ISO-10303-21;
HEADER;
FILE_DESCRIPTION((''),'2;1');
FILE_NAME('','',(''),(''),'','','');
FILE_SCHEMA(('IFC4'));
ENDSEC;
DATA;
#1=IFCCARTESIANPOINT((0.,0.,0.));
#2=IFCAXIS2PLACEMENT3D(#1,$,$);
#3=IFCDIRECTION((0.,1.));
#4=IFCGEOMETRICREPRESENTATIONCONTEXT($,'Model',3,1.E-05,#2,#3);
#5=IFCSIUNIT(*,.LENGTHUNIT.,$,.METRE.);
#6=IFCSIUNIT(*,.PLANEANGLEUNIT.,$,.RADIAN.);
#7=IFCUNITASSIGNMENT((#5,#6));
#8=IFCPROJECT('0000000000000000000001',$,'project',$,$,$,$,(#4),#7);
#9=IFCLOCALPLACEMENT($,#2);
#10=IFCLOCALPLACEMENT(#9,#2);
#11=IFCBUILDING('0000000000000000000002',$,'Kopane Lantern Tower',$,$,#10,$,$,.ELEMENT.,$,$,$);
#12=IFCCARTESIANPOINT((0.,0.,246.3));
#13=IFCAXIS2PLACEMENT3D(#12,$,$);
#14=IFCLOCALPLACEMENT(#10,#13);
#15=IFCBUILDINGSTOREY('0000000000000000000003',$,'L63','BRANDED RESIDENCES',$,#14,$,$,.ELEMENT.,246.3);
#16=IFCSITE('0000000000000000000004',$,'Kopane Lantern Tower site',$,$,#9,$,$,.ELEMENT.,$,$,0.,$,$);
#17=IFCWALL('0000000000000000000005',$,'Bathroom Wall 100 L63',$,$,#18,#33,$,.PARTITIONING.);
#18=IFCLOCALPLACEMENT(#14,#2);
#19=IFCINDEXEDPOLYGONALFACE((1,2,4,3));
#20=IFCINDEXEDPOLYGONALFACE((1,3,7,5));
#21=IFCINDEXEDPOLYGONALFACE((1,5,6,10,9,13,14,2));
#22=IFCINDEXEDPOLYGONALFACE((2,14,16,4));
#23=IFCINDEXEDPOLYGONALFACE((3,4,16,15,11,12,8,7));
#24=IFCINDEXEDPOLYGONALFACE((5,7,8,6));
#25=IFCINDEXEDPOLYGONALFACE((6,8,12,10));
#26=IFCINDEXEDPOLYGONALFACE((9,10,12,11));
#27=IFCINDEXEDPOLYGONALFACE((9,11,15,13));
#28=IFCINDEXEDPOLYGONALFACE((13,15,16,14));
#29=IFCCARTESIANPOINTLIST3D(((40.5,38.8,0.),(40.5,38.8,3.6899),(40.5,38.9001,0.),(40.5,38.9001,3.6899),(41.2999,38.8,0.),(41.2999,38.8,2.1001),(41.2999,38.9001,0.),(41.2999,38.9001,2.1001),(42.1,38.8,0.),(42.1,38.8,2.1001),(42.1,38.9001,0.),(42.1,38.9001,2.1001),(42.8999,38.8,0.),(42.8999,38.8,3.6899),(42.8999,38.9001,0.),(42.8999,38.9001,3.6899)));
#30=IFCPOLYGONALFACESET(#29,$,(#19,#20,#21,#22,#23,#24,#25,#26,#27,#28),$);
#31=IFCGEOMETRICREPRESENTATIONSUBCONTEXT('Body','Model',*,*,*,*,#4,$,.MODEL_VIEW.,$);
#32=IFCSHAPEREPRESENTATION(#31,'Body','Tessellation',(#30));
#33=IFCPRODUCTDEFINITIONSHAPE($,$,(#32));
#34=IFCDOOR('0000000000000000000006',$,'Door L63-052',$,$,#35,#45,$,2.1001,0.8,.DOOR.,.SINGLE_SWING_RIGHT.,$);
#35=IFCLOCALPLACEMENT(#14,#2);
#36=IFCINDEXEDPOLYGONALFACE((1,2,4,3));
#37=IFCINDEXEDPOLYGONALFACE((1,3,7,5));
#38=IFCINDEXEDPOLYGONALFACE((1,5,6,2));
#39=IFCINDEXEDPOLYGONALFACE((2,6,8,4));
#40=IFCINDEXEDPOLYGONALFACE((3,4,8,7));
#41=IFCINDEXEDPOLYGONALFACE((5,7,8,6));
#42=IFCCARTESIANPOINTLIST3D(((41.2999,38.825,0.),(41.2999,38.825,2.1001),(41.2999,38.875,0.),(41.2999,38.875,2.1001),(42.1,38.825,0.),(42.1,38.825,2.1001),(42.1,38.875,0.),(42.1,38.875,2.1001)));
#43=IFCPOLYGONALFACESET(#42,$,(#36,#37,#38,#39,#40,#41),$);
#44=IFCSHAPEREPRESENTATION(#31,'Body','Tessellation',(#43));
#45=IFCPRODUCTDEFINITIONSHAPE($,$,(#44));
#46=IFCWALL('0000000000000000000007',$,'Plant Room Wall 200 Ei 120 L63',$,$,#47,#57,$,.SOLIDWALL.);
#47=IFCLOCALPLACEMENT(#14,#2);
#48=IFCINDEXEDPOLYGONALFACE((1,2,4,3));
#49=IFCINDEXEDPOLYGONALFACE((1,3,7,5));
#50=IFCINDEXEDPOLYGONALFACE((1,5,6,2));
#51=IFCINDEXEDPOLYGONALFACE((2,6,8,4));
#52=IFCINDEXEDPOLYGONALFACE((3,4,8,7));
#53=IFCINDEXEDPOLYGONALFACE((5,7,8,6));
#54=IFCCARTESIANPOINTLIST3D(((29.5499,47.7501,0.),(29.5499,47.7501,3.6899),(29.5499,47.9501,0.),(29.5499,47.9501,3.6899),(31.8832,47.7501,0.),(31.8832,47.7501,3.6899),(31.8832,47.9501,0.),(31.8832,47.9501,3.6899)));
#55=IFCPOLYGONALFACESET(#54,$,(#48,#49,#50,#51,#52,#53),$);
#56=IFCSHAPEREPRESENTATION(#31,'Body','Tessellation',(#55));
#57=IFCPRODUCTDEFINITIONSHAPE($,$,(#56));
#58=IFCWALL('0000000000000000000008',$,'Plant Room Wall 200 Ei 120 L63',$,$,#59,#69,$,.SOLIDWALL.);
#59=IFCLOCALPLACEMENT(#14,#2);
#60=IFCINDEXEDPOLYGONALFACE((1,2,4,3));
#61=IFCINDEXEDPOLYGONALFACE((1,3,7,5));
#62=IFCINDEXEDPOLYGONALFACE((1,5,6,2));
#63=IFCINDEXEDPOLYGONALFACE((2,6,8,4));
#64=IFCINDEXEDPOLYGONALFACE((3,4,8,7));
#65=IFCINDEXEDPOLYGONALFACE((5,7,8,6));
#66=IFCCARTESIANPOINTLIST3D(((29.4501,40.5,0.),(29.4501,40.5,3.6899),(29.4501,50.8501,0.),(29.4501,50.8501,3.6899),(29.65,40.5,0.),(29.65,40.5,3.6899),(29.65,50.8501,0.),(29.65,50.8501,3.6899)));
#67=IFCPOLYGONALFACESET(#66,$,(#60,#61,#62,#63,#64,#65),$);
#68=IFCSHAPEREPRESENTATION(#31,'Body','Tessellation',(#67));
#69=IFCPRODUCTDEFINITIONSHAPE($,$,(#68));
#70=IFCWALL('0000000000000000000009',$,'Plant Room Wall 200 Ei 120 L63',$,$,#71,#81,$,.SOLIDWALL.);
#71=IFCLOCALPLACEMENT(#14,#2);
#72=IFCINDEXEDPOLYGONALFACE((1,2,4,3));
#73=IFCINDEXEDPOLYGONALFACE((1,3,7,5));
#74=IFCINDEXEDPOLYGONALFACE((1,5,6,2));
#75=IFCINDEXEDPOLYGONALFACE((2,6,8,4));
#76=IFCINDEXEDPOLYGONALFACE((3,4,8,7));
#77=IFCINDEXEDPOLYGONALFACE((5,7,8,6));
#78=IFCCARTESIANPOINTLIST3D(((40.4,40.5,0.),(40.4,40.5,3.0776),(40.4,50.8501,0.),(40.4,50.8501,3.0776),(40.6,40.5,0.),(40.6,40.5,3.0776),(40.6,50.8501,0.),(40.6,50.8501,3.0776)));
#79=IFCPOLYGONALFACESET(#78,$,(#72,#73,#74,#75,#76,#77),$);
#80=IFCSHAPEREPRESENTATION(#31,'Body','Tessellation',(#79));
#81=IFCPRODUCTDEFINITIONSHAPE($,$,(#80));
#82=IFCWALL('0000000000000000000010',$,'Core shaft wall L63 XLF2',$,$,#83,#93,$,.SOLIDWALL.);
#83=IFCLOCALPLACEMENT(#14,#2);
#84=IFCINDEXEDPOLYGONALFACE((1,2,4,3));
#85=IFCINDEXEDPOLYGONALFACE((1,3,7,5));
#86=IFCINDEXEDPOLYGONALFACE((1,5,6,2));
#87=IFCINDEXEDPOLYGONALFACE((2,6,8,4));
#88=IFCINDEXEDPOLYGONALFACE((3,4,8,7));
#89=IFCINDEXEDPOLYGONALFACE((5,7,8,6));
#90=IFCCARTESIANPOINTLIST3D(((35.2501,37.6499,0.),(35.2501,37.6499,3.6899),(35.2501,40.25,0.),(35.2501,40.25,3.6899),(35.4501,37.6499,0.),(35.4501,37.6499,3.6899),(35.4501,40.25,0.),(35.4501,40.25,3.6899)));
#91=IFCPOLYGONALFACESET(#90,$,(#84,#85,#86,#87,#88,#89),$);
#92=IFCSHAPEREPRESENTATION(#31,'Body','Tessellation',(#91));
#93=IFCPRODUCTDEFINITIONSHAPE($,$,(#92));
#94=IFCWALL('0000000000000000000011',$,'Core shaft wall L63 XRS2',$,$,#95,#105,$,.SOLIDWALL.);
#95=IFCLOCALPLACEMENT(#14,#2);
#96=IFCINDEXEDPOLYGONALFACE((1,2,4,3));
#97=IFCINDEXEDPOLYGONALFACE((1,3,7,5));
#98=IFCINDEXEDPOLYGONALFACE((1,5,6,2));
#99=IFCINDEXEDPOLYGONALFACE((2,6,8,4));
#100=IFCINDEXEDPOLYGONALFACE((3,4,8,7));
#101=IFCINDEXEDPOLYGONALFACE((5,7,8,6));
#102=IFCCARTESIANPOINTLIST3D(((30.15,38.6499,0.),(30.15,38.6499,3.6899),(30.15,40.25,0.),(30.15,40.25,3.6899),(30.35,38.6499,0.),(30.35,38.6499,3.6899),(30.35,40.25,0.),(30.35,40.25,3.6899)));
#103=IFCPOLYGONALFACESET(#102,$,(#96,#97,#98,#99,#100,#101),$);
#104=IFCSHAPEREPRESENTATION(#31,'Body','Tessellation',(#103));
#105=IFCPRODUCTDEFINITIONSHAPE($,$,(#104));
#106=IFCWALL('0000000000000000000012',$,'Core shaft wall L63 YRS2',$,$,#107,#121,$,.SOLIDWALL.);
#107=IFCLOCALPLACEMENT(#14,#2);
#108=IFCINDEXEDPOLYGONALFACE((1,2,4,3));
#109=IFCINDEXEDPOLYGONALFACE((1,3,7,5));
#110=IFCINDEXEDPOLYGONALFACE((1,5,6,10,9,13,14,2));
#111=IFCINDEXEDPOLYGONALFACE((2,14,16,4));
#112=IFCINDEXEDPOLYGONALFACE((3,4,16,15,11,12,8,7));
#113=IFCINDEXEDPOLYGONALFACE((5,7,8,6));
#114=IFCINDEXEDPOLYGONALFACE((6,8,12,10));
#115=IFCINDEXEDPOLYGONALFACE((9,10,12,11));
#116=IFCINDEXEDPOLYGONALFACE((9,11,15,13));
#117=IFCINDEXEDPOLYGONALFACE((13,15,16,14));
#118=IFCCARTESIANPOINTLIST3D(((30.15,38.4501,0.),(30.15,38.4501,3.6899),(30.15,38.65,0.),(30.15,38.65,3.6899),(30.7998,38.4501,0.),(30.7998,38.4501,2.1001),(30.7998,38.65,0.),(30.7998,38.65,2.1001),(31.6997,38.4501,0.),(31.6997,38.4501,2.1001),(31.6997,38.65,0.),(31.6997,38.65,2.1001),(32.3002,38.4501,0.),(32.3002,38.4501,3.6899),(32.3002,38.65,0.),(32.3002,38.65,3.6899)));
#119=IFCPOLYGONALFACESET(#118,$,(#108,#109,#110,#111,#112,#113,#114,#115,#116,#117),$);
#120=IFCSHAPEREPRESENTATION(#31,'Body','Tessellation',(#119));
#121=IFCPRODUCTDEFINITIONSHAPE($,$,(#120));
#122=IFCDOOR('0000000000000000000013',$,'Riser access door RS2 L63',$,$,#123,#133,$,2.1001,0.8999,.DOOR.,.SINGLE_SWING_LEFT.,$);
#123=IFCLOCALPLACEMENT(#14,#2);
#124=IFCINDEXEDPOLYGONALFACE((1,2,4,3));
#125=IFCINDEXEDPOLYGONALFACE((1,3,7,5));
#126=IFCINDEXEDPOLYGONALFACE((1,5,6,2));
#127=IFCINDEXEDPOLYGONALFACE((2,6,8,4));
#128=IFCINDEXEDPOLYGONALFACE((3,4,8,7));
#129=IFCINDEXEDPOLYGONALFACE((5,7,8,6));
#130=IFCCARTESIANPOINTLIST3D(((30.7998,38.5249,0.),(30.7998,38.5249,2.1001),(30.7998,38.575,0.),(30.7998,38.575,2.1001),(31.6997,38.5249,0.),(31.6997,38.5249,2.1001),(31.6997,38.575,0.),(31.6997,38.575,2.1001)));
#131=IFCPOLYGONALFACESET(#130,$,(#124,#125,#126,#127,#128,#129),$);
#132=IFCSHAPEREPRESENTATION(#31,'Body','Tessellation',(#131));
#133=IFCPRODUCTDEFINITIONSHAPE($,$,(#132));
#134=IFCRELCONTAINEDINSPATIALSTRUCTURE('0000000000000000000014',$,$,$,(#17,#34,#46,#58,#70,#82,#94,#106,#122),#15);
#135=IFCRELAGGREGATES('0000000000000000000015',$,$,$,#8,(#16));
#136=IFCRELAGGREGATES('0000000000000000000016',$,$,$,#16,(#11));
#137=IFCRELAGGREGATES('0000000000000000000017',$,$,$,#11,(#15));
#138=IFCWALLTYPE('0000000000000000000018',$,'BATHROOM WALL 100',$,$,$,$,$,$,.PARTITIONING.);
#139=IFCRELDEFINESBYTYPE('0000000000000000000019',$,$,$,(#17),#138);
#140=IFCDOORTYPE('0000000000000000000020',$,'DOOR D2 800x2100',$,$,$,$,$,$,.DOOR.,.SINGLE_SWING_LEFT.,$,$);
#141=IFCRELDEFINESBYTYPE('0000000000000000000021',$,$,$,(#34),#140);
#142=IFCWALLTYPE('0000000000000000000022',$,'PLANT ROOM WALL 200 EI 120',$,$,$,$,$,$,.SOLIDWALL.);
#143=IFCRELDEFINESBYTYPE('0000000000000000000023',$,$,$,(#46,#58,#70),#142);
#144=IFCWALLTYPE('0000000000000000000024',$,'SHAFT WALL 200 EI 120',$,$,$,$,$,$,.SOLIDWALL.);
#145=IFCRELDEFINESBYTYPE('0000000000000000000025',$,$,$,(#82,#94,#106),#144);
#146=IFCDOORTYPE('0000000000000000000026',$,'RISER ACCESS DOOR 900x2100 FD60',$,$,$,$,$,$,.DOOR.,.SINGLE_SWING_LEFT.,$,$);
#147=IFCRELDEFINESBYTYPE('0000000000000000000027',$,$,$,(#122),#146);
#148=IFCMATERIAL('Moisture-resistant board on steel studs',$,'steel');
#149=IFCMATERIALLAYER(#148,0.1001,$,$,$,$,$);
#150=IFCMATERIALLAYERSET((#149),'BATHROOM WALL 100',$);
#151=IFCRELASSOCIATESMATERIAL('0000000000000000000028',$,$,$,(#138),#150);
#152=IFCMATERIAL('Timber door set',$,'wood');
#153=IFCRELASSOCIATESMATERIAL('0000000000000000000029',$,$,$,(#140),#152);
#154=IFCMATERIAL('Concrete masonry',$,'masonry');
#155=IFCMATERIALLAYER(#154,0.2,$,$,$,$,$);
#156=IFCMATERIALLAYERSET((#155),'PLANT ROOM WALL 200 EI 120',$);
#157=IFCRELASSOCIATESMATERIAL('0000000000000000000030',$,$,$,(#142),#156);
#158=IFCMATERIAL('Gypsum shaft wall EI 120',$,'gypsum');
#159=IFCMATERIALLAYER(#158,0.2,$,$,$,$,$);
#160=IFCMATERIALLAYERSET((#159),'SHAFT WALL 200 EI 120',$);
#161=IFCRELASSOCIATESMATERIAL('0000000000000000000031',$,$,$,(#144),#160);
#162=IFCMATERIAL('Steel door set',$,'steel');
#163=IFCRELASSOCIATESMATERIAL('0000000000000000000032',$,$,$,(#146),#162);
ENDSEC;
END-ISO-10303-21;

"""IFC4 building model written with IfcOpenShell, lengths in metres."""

from ifc_helpers import new_model, si_unit, direction, frame, frame_2d, origin, place, context, subcontext, project, spatial, rectangle, extrude, material, layer, layer_set, type_object, element, fill, save


model = new_model("IFC4")

# Units and contexts
model_context = context("Model", 3, precision=1e-05, world=origin(), true_north=direction((0.0, 1.0)))
body_context = subcontext(model_context, "Body", "Model", "MODEL_VIEW")
ifc_project = project(units=[si_unit("LENGTHUNIT", "METRE"), si_unit("PLANEANGLEUNIT", "RADIAN")], contexts=[model_context])

# Site, building, storey
site_placement = place(None, origin())
site = spatial("IfcSite", under=ifc_project, at=site_placement, Name="Kopane Lantern Tower site", CompositionType="ELEMENT", RefElevation=0.0)
building_placement = place(site_placement, origin())
building = spatial("IfcBuilding", under=site, at=building_placement, Name="Kopane Lantern Tower", CompositionType="ELEMENT")
storey_placement = place(building_placement, frame((0.0, 0.0, 246.3)))
storey = spatial("IfcBuildingStorey", under=building, at=storey_placement, Name="L63", Description="BRANDED RESIDENCES", CompositionType="ELEMENT", Elevation=246.3)

# Wall, opening, door
ifc_material_1 = material(Name="Moisture-resistant board on steel studs", Category="steel")
ifc_layer_1 = layer(ifc_material_1, 0.1001)
ifc_layer_set_1 = layer_set([ifc_layer_1], Name="BATHROOM WALL 100")
wall_type_1 = type_object("IfcWallType", Name="BATHROOM WALL 100", PredefinedType="PARTITIONING", material=ifc_layer_set_1)
wall_1_placement = place(storey_placement, frame((40.5, 38.8501, 0.0), z_axis=(0.0, 0.0, 1.0), x_axis=(1.0, 0.0, 0.0)))
wall_1 = element("IfcWall", 1, at=wall_1_placement, inside=storey, type_object=wall_type_1, Name="Bathroom Wall 100 L63", PredefinedType="PARTITIONING", context=body_context, shape_type="SweptSolid", body=[
    extrude(rectangle(XDim=2.3999, YDim=0.1001, at=frame_2d((1.2, 0.0))), origin(), (0.0, 0.0, 1.0), 3.6899),
])
opening_1_placement = place(wall_1_placement, frame((0.8, 0.0, 0.0)))
opening_1 = element("IfcOpeningElement", 2, at=opening_1_placement, cuts=wall_1, PredefinedType="OPENING", context=body_context, shape_type="SweptSolid", body=[
    extrude(rectangle(XDim=0.8, YDim=2.1001, at=frame_2d((0.3999, 1.05))), frame((0.0, 0.0601, 0.0), z_axis=(0.0, -1.0, 0.0), x_axis=(1.0, 0.0, 0.0)), (0.0, 0.0, 1.0), 0.1201),
])
ifc_material_2 = material(Name="Timber door set", Category="wood")
door_type_1 = type_object("IfcDoorType", Name="DOOR D2 800x2100", OperationType="SINGLE_SWING_LEFT", PredefinedType="DOOR", material=ifc_material_2)
door_1_placement = place(opening_1_placement, origin())
door_1 = element("IfcDoor", 3, at=door_1_placement, inside=storey, type_object=door_type_1, Name="Door L63-052", OperationType="SINGLE_SWING_RIGHT", OverallHeight=2.1001, OverallWidth=0.8, PredefinedType="DOOR", context=body_context, shape_type="SweptSolid", body=[
    extrude(rectangle(XDim=0.8, YDim=2.1001, at=frame_2d((0.3999, 1.05))), frame((0.0, 0.0249, 0.0), z_axis=(0.0, -1.0, 0.0), x_axis=(1.0, 0.0, 0.0)), (0.0, 0.0, 1.0), 0.05),
])
fill(opening_1, door_1)

# Walls
ifc_material_3 = material(Name="Concrete masonry", Category="masonry")
ifc_layer_2 = layer(ifc_material_3, 0.2)
ifc_layer_set_2 = layer_set([ifc_layer_2], Name="PLANT ROOM WALL 200 EI 120")
wall_type_2 = type_object("IfcWallType", Name="PLANT ROOM WALL 200 EI 120", PredefinedType="SOLIDWALL", material=ifc_layer_set_2)
wall_2_placement = place(storey_placement, frame((29.55, 47.8501, 0.0), z_axis=(0.0, 0.0, 1.0), x_axis=(1.0, 0.0, 0.0)))
element("IfcWall", 4, at=wall_2_placement, inside=storey, type_object=wall_type_2, Name="Plant Room Wall 200 Ei 120 L63", PredefinedType="SOLIDWALL", context=body_context, shape_type="SweptSolid", body=[
    extrude(rectangle(XDim=2.3333, YDim=0.2, at=frame_2d((1.1665, 0.0))), origin(), (0.0, 0.0, 1.0), 3.6899),
])
wall_3_placement = place(storey_placement, frame((29.55, 40.5, 0.0), z_axis=(0.0, 0.0, 1.0), x_axis=(0.0, 1.0, 0.0)))
element("IfcWall", 5, at=wall_3_placement, inside=storey, type_object=wall_type_2, Name="Plant Room Wall 200 Ei 120 L63", PredefinedType="SOLIDWALL", context=body_context, shape_type="SweptSolid", body=[
    extrude(rectangle(XDim=10.3501, YDim=0.2, at=frame_2d((5.175, 0.0))), origin(), (0.0, 0.0, 1.0), 3.6899),
])
wall_4_placement = place(storey_placement, frame((40.5, 40.5, 0.0), z_axis=(0.0, 0.0, 1.0), x_axis=(0.0, 1.0, 0.0)))
element("IfcWall", 6, at=wall_4_placement, inside=storey, type_object=wall_type_2, Name="Plant Room Wall 200 Ei 120 L63", PredefinedType="SOLIDWALL", context=body_context, shape_type="SweptSolid", body=[
    extrude(rectangle(XDim=10.3501, YDim=0.2, at=frame_2d((5.175, 0.0))), origin(), (0.0, 0.0, 1.0), 3.0776),
])
ifc_material_4 = material(Name="Gypsum shaft wall EI 120", Category="gypsum")
ifc_layer_3 = layer(ifc_material_4, 0.2)
ifc_layer_set_3 = layer_set([ifc_layer_3], Name="SHAFT WALL 200 EI 120")
wall_type_3 = type_object("IfcWallType", Name="SHAFT WALL 200 EI 120", PredefinedType="SOLIDWALL", material=ifc_layer_set_3)
wall_5_placement = place(storey_placement, frame((35.3501, 37.6499, 0.0), z_axis=(0.0, 0.0, 1.0), x_axis=(0.0, 1.0, 0.0)))
element("IfcWall", 7, at=wall_5_placement, inside=storey, type_object=wall_type_3, Name="Core shaft wall L63 XLF2", PredefinedType="SOLIDWALL", context=body_context, shape_type="SweptSolid", body=[
    extrude(rectangle(XDim=2.6001, YDim=0.2, at=frame_2d((1.3, 0.0))), origin(), (0.0, 0.0, 1.0), 3.6899),
])
wall_6_placement = place(storey_placement, frame((30.25, 38.6499, 0.0), z_axis=(0.0, 0.0, 1.0), x_axis=(0.0, 1.0, 0.0)))
element("IfcWall", 8, at=wall_6_placement, inside=storey, type_object=wall_type_3, Name="Core shaft wall L63 XRS2", PredefinedType="SOLIDWALL", context=body_context, shape_type="SweptSolid", body=[
    extrude(rectangle(XDim=1.6001, YDim=0.2, at=frame_2d((0.8, 0.0))), origin(), (0.0, 0.0, 1.0), 3.6899),
])

# Wall, opening, door
wall_7_placement = place(storey_placement, frame((30.1499, 38.55, 0.0), z_axis=(0.0, 0.0, 1.0), x_axis=(1.0, 0.0, 0.0)))
wall_7 = element("IfcWall", 9, at=wall_7_placement, inside=storey, type_object=wall_type_3, Name="Core shaft wall L63 YRS2", PredefinedType="SOLIDWALL", context=body_context, shape_type="SweptSolid", body=[
    extrude(rectangle(XDim=2.1501, YDim=0.2, at=frame_2d((1.0752, 0.0))), origin(), (0.0, 0.0, 1.0), 3.6899),
])
opening_2_placement = place(wall_7_placement, frame((0.6499, 0.0, 0.0)))
opening_2 = element("IfcOpeningElement", 10, at=opening_2_placement, cuts=wall_7, PredefinedType="OPENING", context=body_context, shape_type="SweptSolid", body=[
    extrude(rectangle(XDim=0.8999, YDim=2.1001, at=frame_2d((0.45, 1.05))), frame((0.0, 0.1099, 0.0), z_axis=(0.0, -1.0, 0.0), x_axis=(1.0, 0.0, 0.0)), (0.0, 0.0, 1.0), 0.22),
])
ifc_material_5 = material(Name="Steel door set", Category="steel")
door_type_2 = type_object("IfcDoorType", Name="RISER ACCESS DOOR 900x2100 FD60", OperationType="SINGLE_SWING_LEFT", PredefinedType="DOOR", material=ifc_material_5)
door_2_placement = place(opening_2_placement, origin())
door_2 = element("IfcDoor", 11, at=door_2_placement, inside=storey, type_object=door_type_2, Name="Riser access door RS2 L63", OperationType="SINGLE_SWING_LEFT", OverallHeight=2.1001, OverallWidth=0.8999, PredefinedType="DOOR", context=body_context, shape_type="SweptSolid", body=[
    extrude(rectangle(XDim=0.8999, YDim=2.1001, at=frame_2d((0.45, 1.05))), frame((0.0, 0.0249, 0.0), z_axis=(0.0, -1.0, 0.0), x_axis=(1.0, 0.0, 0.0)), (0.0, 0.0, 1.0), 0.05),
])
fill(opening_2, door_2)

save(model, "model.ifc")
